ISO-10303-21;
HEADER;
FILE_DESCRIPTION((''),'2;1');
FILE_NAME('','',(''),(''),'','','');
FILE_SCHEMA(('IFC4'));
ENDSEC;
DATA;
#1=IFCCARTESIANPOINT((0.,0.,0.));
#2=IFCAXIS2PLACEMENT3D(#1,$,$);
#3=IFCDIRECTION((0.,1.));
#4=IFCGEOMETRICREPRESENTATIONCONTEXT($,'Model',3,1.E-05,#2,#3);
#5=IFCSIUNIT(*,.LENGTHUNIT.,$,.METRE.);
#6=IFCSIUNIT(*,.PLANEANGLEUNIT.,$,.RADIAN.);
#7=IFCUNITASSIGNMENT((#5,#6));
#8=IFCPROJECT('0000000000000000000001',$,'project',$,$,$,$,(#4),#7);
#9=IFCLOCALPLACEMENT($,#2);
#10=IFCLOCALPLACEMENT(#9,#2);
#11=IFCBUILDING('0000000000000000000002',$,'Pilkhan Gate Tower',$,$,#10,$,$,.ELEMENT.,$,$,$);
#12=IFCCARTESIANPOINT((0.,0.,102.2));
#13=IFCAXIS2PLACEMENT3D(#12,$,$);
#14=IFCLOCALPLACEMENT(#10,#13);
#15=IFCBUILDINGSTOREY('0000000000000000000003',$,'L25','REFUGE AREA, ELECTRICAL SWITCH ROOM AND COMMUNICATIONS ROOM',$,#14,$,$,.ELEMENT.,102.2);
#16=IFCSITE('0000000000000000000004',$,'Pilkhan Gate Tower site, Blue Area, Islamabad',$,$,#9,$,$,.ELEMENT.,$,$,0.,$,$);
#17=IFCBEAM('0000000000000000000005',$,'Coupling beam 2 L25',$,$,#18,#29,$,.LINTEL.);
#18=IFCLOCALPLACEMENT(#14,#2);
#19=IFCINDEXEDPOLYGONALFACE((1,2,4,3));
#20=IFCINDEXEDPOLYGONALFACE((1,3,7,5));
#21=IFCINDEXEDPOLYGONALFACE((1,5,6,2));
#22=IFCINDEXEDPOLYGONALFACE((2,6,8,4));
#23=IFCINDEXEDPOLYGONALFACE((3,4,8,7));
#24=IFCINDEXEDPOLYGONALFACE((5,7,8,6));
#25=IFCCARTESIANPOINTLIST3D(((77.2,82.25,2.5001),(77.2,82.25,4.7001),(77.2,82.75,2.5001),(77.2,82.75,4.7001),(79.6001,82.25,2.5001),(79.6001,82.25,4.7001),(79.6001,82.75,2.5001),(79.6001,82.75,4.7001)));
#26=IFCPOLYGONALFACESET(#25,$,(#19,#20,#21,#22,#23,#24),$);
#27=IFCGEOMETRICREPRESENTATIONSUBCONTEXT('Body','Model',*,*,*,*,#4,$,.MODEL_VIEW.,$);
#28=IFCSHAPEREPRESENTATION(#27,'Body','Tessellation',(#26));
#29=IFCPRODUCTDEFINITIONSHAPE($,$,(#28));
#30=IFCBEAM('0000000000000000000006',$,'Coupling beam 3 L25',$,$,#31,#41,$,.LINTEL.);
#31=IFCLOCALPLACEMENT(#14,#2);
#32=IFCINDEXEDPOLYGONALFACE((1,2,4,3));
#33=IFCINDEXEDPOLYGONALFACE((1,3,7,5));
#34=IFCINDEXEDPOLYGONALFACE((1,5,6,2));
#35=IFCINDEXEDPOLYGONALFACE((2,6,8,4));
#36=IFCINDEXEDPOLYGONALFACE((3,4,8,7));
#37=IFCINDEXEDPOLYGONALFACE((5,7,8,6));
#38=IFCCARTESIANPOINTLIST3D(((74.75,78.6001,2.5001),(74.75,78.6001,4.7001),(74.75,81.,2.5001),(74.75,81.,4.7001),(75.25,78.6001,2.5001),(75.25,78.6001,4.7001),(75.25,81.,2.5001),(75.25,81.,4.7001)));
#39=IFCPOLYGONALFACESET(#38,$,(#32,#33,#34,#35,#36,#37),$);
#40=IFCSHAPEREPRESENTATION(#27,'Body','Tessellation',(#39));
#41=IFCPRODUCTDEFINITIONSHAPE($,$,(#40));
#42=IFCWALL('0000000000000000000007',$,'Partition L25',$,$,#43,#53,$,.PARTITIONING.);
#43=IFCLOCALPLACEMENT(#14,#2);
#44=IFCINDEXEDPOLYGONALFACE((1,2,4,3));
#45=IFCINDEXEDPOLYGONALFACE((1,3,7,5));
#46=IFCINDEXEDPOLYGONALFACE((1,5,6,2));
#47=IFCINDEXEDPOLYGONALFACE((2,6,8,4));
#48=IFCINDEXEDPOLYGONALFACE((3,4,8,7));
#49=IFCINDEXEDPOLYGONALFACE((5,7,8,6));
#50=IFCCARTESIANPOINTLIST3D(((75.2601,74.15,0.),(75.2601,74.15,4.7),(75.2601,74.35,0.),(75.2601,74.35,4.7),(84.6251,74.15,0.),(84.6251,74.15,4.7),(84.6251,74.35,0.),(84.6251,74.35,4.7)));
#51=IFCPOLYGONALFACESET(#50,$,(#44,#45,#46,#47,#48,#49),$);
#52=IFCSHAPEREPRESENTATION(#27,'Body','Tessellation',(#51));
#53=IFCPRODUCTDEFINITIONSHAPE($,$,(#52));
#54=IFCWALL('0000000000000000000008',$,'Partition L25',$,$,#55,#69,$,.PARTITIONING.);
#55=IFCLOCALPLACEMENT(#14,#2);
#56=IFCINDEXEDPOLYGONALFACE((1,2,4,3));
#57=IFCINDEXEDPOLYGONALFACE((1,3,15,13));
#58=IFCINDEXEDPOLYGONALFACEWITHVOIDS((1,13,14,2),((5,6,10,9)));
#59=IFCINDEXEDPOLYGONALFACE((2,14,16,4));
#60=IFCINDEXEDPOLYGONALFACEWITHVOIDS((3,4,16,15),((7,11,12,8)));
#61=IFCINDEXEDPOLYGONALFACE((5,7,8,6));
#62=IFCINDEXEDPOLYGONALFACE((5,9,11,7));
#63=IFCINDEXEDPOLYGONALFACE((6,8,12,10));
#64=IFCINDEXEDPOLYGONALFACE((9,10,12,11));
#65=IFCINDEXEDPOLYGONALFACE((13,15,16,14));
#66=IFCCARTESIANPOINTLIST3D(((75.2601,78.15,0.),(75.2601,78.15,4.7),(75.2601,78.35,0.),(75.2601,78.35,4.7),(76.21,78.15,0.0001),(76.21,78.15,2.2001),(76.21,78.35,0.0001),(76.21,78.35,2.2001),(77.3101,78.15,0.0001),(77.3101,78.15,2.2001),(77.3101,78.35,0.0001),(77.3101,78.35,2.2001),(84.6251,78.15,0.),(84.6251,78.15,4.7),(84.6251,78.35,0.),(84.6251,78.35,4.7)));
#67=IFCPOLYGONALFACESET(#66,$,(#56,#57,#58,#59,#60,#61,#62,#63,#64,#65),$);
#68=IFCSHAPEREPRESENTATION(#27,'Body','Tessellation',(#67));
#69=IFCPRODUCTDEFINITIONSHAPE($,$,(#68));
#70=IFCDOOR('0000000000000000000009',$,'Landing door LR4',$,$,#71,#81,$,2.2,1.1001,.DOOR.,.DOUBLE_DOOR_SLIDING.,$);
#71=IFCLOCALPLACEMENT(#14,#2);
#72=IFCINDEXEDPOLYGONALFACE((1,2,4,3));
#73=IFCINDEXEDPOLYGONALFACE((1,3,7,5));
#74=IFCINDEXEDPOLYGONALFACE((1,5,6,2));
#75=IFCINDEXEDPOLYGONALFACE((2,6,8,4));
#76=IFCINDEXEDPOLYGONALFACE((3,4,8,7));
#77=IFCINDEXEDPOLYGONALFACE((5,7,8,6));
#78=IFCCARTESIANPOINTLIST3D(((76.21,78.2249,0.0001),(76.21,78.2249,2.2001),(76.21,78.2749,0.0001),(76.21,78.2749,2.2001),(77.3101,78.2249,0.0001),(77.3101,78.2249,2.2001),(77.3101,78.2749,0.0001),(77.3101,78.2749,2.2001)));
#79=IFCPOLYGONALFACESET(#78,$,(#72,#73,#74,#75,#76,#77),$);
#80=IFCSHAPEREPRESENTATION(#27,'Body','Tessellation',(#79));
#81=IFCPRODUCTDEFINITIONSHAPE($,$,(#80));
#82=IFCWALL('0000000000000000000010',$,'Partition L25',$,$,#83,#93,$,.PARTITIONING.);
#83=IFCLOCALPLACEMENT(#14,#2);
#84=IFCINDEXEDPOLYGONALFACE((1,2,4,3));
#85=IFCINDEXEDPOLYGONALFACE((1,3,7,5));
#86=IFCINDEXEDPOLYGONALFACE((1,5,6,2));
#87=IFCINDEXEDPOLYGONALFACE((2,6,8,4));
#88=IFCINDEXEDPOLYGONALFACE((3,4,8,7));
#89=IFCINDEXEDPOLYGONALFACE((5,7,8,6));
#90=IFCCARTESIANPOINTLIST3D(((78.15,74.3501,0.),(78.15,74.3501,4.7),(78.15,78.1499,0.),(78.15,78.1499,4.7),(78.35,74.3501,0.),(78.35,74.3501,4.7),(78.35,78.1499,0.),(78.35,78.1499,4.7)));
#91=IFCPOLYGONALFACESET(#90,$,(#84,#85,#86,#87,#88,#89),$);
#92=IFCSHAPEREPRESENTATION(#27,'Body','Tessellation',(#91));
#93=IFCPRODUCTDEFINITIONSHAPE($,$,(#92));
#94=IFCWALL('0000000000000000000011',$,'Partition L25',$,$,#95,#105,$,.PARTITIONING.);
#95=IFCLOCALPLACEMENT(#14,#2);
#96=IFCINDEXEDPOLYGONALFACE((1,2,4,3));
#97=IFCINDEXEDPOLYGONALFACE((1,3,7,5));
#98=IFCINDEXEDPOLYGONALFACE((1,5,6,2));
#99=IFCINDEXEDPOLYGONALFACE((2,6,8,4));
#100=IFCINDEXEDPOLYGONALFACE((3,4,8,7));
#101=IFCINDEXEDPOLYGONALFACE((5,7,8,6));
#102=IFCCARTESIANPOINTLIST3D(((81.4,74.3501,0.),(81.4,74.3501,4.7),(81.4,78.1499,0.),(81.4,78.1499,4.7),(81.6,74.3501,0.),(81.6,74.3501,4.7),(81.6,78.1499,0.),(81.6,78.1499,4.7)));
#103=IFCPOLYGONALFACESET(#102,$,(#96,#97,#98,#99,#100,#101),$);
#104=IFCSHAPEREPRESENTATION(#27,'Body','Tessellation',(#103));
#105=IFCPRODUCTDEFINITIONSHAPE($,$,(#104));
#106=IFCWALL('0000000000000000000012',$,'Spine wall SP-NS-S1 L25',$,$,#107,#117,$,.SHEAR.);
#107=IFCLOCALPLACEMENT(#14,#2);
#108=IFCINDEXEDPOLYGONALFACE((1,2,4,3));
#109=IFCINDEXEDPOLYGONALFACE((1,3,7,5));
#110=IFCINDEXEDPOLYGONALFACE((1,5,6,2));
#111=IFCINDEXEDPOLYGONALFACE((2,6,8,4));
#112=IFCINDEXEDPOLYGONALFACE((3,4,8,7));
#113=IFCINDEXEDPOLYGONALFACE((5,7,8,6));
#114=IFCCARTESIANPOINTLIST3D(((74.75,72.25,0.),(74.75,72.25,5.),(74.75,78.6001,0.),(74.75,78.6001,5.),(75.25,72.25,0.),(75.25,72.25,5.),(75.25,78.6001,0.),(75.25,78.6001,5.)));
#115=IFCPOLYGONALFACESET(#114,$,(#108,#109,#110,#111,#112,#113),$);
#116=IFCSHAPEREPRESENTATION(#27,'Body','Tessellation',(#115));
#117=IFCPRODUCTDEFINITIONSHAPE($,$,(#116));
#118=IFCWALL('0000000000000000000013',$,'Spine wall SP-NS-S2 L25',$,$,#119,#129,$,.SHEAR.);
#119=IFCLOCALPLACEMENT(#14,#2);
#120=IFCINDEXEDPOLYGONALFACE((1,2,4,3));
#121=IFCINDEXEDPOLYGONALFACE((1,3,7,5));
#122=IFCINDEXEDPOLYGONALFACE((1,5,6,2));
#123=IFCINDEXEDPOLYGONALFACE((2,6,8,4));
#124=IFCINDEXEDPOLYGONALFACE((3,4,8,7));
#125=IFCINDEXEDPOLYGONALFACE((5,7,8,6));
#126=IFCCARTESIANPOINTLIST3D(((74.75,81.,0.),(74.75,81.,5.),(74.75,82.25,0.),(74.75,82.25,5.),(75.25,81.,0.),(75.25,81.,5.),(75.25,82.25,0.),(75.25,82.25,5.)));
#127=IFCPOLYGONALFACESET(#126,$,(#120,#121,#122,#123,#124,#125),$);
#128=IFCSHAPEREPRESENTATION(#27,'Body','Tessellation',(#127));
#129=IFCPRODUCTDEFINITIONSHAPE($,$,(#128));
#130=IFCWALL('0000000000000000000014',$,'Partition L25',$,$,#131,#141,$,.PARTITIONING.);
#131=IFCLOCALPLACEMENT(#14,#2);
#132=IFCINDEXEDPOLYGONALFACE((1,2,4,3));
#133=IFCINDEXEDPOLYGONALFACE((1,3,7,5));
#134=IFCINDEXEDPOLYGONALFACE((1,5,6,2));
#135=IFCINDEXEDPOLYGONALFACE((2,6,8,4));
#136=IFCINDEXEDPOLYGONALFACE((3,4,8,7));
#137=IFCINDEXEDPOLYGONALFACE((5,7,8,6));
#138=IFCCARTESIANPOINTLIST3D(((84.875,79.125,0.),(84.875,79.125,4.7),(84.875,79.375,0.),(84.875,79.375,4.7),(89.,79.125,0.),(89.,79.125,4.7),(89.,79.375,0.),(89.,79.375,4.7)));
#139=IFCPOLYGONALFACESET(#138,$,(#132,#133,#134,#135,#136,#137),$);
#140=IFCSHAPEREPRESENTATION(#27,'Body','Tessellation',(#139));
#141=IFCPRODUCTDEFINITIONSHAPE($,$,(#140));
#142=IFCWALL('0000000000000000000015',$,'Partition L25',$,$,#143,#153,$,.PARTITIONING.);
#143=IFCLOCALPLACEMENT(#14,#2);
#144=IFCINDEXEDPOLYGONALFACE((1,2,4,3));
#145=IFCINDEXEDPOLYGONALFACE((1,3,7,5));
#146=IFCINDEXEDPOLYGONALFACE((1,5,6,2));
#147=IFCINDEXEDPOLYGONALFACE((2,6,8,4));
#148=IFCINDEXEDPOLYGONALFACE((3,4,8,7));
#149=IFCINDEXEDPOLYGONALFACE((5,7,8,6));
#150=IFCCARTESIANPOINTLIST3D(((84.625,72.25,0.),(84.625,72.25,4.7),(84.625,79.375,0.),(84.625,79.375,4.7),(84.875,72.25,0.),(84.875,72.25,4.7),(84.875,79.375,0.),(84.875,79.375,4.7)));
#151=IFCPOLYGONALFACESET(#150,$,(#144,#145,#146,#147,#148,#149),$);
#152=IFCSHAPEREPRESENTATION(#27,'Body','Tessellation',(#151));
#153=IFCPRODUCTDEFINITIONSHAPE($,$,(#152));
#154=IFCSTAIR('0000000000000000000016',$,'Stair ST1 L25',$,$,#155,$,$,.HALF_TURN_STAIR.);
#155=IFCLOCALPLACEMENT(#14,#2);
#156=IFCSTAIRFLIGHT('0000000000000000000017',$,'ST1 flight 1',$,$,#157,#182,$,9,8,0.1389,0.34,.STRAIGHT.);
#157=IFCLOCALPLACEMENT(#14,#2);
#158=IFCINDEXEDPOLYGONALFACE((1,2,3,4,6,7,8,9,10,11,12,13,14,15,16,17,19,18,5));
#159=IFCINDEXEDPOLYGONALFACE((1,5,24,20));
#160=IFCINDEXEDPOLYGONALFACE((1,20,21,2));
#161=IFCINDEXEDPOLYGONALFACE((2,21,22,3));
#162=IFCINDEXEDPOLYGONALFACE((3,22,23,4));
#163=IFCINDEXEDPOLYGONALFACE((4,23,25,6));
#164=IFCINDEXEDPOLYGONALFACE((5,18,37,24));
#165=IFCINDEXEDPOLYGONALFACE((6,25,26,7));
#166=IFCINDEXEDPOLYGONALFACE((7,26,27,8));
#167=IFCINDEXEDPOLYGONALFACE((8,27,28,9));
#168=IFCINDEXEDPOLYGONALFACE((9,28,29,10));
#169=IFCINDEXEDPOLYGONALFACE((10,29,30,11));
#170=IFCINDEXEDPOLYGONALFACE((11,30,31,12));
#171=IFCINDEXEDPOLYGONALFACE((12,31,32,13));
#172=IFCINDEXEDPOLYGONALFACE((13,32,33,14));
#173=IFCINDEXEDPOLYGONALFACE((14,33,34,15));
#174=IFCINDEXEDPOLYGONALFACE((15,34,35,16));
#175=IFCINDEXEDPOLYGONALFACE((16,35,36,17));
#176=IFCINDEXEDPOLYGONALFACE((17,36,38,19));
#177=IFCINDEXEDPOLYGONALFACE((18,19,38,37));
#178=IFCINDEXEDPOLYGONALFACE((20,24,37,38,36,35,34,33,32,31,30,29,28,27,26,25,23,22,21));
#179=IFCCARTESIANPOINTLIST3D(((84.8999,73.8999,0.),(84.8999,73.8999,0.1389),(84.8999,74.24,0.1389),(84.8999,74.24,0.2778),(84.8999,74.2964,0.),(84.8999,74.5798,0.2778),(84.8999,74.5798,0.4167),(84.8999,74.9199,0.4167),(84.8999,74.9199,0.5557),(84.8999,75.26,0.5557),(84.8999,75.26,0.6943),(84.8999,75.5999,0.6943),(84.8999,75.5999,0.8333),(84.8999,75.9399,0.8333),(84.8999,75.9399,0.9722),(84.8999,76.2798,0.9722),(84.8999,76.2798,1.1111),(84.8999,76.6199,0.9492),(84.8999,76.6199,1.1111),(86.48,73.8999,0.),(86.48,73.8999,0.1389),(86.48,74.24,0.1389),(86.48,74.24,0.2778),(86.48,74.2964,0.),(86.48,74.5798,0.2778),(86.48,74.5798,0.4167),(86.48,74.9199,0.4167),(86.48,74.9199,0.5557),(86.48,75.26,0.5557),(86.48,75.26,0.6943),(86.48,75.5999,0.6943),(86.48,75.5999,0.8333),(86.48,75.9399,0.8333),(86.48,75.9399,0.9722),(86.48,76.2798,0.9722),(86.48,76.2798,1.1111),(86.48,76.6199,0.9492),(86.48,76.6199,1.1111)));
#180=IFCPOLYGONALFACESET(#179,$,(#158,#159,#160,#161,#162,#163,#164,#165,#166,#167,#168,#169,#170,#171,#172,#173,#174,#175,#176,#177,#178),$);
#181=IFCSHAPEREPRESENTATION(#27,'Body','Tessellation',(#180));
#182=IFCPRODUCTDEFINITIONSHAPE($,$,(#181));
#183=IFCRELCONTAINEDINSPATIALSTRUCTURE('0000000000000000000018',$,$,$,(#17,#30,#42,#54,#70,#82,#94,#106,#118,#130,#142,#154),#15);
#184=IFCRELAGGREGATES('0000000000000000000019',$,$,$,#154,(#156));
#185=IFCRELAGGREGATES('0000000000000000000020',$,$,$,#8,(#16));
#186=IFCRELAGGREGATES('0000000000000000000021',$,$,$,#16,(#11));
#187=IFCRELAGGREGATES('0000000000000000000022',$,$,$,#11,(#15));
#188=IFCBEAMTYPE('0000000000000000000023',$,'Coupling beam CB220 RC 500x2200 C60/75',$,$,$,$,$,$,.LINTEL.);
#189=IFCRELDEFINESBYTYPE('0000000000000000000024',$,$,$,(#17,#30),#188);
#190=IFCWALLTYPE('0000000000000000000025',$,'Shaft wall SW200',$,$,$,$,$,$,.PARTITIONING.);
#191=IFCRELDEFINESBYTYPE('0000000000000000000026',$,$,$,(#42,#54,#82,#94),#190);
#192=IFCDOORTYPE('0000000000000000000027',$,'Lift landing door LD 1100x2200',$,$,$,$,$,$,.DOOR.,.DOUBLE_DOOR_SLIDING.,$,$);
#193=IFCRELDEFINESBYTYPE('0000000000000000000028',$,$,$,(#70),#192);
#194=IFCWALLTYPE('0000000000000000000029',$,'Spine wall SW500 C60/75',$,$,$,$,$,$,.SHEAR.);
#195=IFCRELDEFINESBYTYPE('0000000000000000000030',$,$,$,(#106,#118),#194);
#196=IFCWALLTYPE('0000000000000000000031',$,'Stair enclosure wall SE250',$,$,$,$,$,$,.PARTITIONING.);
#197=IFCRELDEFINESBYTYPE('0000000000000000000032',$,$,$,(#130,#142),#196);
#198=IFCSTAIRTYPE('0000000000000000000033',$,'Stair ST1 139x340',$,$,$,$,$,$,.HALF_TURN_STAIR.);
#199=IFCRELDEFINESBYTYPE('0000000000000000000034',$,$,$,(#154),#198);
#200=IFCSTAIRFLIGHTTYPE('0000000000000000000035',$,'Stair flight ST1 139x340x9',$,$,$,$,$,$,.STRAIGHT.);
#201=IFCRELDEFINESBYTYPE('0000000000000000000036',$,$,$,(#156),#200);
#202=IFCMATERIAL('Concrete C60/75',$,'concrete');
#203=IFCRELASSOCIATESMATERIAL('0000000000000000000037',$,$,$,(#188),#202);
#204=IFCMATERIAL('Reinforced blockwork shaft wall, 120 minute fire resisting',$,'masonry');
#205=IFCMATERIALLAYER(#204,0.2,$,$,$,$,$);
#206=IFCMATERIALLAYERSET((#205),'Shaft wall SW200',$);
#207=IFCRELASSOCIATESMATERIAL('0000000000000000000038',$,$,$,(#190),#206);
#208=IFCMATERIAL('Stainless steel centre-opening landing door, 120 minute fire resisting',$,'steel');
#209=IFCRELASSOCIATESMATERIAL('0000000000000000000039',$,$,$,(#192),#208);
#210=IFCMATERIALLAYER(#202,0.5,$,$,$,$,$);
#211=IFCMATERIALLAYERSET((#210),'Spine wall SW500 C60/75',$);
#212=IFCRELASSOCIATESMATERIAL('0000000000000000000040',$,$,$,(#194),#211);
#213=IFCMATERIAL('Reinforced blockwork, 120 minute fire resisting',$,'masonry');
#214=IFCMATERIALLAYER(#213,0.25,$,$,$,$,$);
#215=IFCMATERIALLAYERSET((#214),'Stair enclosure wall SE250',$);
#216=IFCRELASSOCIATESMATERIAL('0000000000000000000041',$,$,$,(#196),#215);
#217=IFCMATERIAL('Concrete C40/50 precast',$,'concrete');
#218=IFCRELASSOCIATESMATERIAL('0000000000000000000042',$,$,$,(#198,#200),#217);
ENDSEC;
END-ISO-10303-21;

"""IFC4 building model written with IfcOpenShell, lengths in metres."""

from ifc_helpers import new_model, si_unit, direction, frame, frame_2d, origin, origin_2d, place, context, subcontext, project, spatial, polyline, rectangle, outline, extrude, material, layer, layer_set, material_profile, profile_set, type_object, element, fill, aggregate, save


model = new_model("IFC4")

# Units and contexts
model_context = context("Model", 3, precision=1e-05, world=origin(), true_north=direction((0.0, 1.0)))
body_context = subcontext(model_context, "Body", "Model", "MODEL_VIEW")
ifc_project = project(units=[si_unit("LENGTHUNIT", "METRE"), si_unit("PLANEANGLEUNIT", "RADIAN")], contexts=[model_context])

# Site, building, storey
site_placement = place(None, origin())
site = spatial("IfcSite", under=ifc_project, at=site_placement, Name="Pilkhan Gate Tower site, Blue Area, Islamabad", CompositionType="ELEMENT", RefElevation=0.0)
building_placement = place(site_placement, origin())
building = spatial("IfcBuilding", under=site, at=building_placement, Name="Pilkhan Gate Tower", CompositionType="ELEMENT")
storey_placement = place(building_placement, frame((0.0, 0.0, 102.2)))
storey = spatial("IfcBuildingStorey", under=building, at=storey_placement, Name="L25", Description="REFUGE AREA, ELECTRICAL SWITCH ROOM AND COMMUNICATIONS ROOM", CompositionType="ELEMENT", Elevation=102.2)

# Beams
ifc_material_1 = material(Name="Concrete C60/75", Category="concrete")
ifc_material_profile = material_profile(ifc_material_1, rectangle(XDim=0.5, YDim=2.2, at=origin_2d()), Name="RC 500x2200")
ifc_profile_set = profile_set([ifc_material_profile], Name="Concrete C60/75")
beam_type = type_object("IfcBeamType", Name="Coupling beam CB220 RC 500x2200 C60/75", PredefinedType="LINTEL", material=ifc_profile_set)
beam_1_placement = place(storey_placement, frame((77.2, 82.5, 3.6001), z_axis=(1.0, 0.0, 0.0), x_axis=(0.0, 1.0, 0.0)))
element("IfcBeam", 1, at=beam_1_placement, inside=storey, type_object=beam_type, Name="Coupling beam 2 L25", PredefinedType="LINTEL", context=body_context, shape_type="SweptSolid", body=[
    extrude(rectangle(XDim=0.5, YDim=2.2, at=origin_2d()), origin(), (0.0, 0.0, 1.0), 2.4001),
])
beam_2_placement = place(storey_placement, frame((75.0, 78.6001, 3.6001), z_axis=(0.0, 1.0, 0.0), x_axis=(-1.0, 0.0, 0.0)))
element("IfcBeam", 2, at=beam_2_placement, inside=storey, type_object=beam_type, Name="Coupling beam 3 L25", PredefinedType="LINTEL", context=body_context, shape_type="SweptSolid", body=[
    extrude(rectangle(XDim=0.5, YDim=2.2, at=origin_2d()), origin(), (0.0, 0.0, 1.0), 2.3999),
])

# Wall
ifc_material_2 = material(Name="Reinforced blockwork shaft wall, 120 minute fire resisting", Category="masonry")
ifc_layer_1 = layer(ifc_material_2, 0.2)
ifc_layer_set_1 = layer_set([ifc_layer_1], Name="Shaft wall SW200")
wall_type_1 = type_object("IfcWallType", Name="Shaft wall SW200", PredefinedType="PARTITIONING", material=ifc_layer_set_1)
wall_1_placement = place(storey_placement, frame((75.26, 74.25, 0.0), z_axis=(0.0, 0.0, 1.0), x_axis=(1.0, 0.0, 0.0)))
element("IfcWall", 3, at=wall_1_placement, inside=storey, type_object=wall_type_1, Name="Partition L25", PredefinedType="PARTITIONING", context=body_context, shape_type="SweptSolid", body=[
    extrude(rectangle(XDim=9.365, YDim=0.2, at=frame_2d((4.6826, 0.0))), origin(), (0.0, 0.0, 1.0), 4.7),
])

# Wall, opening, door
wall_2_placement = place(storey_placement, frame((75.26, 78.25, 0.0), z_axis=(0.0, 0.0, 1.0), x_axis=(1.0, 0.0, 0.0)))
wall_2 = element("IfcWall", 4, at=wall_2_placement, inside=storey, type_object=wall_type_1, Name="Partition L25", PredefinedType="PARTITIONING", context=body_context, shape_type="SweptSolid", body=[
    extrude(rectangle(XDim=9.365, YDim=0.2, at=frame_2d((4.6826, 0.0))), origin(), (0.0, 0.0, 1.0), 4.7),
])
opening_placement = place(wall_2_placement, frame((0.95, 0.0, 0.0)))
opening = element("IfcOpeningElement", 5, at=opening_placement, cuts=wall_2, PredefinedType="OPENING", context=body_context, shape_type="SweptSolid", body=[
    extrude(rectangle(XDim=1.1001, YDim=2.2, at=frame_2d((0.55, 1.1001))), frame((0.0, 0.1099, 0.0), z_axis=(0.0, -1.0, 0.0), x_axis=(1.0, 0.0, 0.0)), (0.0, 0.0, 1.0), 0.22),
])
ifc_material_3 = material(Name="Stainless steel centre-opening landing door, 120 minute fire resisting", Category="steel")
door_type = type_object("IfcDoorType", Name="Lift landing door LD 1100x2200", OperationType="DOUBLE_DOOR_SLIDING", PredefinedType="DOOR", material=ifc_material_3)
door_placement = place(opening_placement, origin())
door = element("IfcDoor", 6, at=door_placement, inside=storey, type_object=door_type, Name="Landing door LR4", OperationType="DOUBLE_DOOR_SLIDING", OverallHeight=2.2, OverallWidth=1.1001, PredefinedType="DOOR", context=body_context, shape_type="SweptSolid", body=[
    extrude(rectangle(XDim=1.1001, YDim=2.2, at=frame_2d((0.55, 1.1001))), frame((0.0, 0.0249, 0.0), z_axis=(0.0, -1.0, 0.0), x_axis=(1.0, 0.0, 0.0)), (0.0, 0.0, 1.0), 0.05),
])
fill(opening, door)

# Walls
for number, where, z_axis, x_axis, name in (
    (7, (78.25, 74.3501, 0.0), (0.0, 0.0, 1.0), (0.0, 1.0, 0.0), "Partition L25"),
    (8, (81.5, 74.3501, 0.0), (0.0, 0.0, 1.0), (0.0, 1.0, 0.0), "Partition L25"),
):
    element("IfcWall", number, at=place(storey_placement, frame(where, z_axis=z_axis, x_axis=x_axis)), inside=storey, type_object=wall_type_1, Name=name, PredefinedType="PARTITIONING", context=body_context, shape_type="SweptSolid", body=[
        extrude(rectangle(XDim=3.7998, YDim=0.2, at=frame_2d((1.8999, 0.0))), origin(), (0.0, 0.0, 1.0), 4.7),
    ])
ifc_layer_2 = layer(ifc_material_1, 0.5)
ifc_layer_set_2 = layer_set([ifc_layer_2], Name="Spine wall SW500 C60/75")
wall_type_2 = type_object("IfcWallType", Name="Spine wall SW500 C60/75", PredefinedType="SHEAR", material=ifc_layer_set_2)
wall_3_placement = place(storey_placement, frame((75.0, 72.25, 0.0), z_axis=(0.0, 0.0, 1.0), x_axis=(0.0, 1.0, 0.0)))
element("IfcWall", 9, at=wall_3_placement, inside=storey, type_object=wall_type_2, Name="Spine wall SP-NS-S1 L25", PredefinedType="SHEAR", context=body_context, shape_type="SweptSolid", body=[
    extrude(rectangle(XDim=6.3501, YDim=0.5, at=frame_2d((3.175, 0.0))), origin(), (0.0, 0.0, 1.0), 5.0),
])
wall_4_placement = place(storey_placement, frame((75.0, 81.0, 0.0), z_axis=(0.0, 0.0, 1.0), x_axis=(0.0, 1.0, 0.0)))
element("IfcWall", 10, at=wall_4_placement, inside=storey, type_object=wall_type_2, Name="Spine wall SP-NS-S2 L25", PredefinedType="SHEAR", context=body_context, shape_type="SweptSolid", body=[
    extrude(rectangle(XDim=1.25, YDim=0.5, at=frame_2d((0.625, 0.0))), origin(), (0.0, 0.0, 1.0), 5.0),
])
ifc_material_4 = material(Name="Reinforced blockwork, 120 minute fire resisting", Category="masonry")
ifc_layer_3 = layer(ifc_material_4, 0.25)
ifc_layer_set_3 = layer_set([ifc_layer_3], Name="Stair enclosure wall SE250")
wall_type_3 = type_object("IfcWallType", Name="Stair enclosure wall SE250", PredefinedType="PARTITIONING", material=ifc_layer_set_3)
wall_5_placement = place(storey_placement, frame((84.875, 79.25, 0.0), z_axis=(0.0, 0.0, 1.0), x_axis=(1.0, 0.0, 0.0)))
element("IfcWall", 11, at=wall_5_placement, inside=storey, type_object=wall_type_3, Name="Partition L25", PredefinedType="PARTITIONING", context=body_context, shape_type="SweptSolid", body=[
    extrude(rectangle(XDim=4.125, YDim=0.25, at=frame_2d((2.0625, 0.0))), origin(), (0.0, 0.0, 1.0), 4.7),
])
wall_6_placement = place(storey_placement, frame((84.75, 72.25, 0.0), z_axis=(0.0, 0.0, 1.0), x_axis=(0.0, 1.0, 0.0)))
element("IfcWall", 12, at=wall_6_placement, inside=storey, type_object=wall_type_3, Name="Partition L25", PredefinedType="PARTITIONING", context=body_context, shape_type="SweptSolid", body=[
    extrude(rectangle(XDim=7.125, YDim=0.25, at=frame_2d((3.5625, 0.0))), origin(), (0.0, 0.0, 1.0), 4.7),
])

# Stair, stair flight
ifc_material_5 = material(Name="Concrete C40/50 precast", Category="concrete")
stair_type = type_object("IfcStairType", Name="Stair ST1 139x340", PredefinedType="HALF_TURN_STAIR", material=ifc_material_5)
stair_placement = place(storey_placement, origin())
stair = element("IfcStair", 13, at=stair_placement, inside=storey, type_object=stair_type, Name="Stair ST1 L25", PredefinedType="HALF_TURN_STAIR")
stair_flight_type = type_object("IfcStairFlightType", Name="Stair flight ST1 139x340x9", PredefinedType="STRAIGHT", material=ifc_material_5)
stair_flight_1_placement = place(storey_placement, frame((85.6899, 73.8999, 0.0), z_axis=(0.0, 0.0, 1.0), x_axis=(0.0, 1.0, 0.0)))
stair_flight_1 = element("IfcStairFlight", 14, at=stair_flight_1_placement, type_object=stair_flight_type, Name="ST1 flight 1", NumberOfRisers=9, NumberOfTreads=8, PredefinedType="STRAIGHT", RiserHeight=0.1389, TreadLength=0.34, context=body_context, shape_type="SweptSolid", body=[
    extrude(outline(polyline([(0.0, 0.0), (0.0, 0.1389), (0.3401, 0.1389), (0.3401, 0.2778), (0.6799, 0.2778), (0.6799, 0.4167), (1.02, 0.4167), (1.02, 0.5557), (1.3601, 0.5557), (1.3601, 0.6943), (1.7, 0.6943), (1.7, 0.8333), (2.04, 0.8333), (2.04, 0.9722), (2.3799, 0.9722), (2.3799, 1.1111), (2.72, 1.1111), (2.72, 1.25), (2.72, 0.9492), (0.3965, 0.0), (0.0, 0.0)])), frame((0.0, 0.79, 0.0), z_axis=(0.0, -1.0, 0.0), x_axis=(1.0, 0.0, 0.0)), (0.0, 0.0, 1.0), 1.5801),
])
aggregate(stair, [stair_flight_1])

save(model, "model.ifc")
